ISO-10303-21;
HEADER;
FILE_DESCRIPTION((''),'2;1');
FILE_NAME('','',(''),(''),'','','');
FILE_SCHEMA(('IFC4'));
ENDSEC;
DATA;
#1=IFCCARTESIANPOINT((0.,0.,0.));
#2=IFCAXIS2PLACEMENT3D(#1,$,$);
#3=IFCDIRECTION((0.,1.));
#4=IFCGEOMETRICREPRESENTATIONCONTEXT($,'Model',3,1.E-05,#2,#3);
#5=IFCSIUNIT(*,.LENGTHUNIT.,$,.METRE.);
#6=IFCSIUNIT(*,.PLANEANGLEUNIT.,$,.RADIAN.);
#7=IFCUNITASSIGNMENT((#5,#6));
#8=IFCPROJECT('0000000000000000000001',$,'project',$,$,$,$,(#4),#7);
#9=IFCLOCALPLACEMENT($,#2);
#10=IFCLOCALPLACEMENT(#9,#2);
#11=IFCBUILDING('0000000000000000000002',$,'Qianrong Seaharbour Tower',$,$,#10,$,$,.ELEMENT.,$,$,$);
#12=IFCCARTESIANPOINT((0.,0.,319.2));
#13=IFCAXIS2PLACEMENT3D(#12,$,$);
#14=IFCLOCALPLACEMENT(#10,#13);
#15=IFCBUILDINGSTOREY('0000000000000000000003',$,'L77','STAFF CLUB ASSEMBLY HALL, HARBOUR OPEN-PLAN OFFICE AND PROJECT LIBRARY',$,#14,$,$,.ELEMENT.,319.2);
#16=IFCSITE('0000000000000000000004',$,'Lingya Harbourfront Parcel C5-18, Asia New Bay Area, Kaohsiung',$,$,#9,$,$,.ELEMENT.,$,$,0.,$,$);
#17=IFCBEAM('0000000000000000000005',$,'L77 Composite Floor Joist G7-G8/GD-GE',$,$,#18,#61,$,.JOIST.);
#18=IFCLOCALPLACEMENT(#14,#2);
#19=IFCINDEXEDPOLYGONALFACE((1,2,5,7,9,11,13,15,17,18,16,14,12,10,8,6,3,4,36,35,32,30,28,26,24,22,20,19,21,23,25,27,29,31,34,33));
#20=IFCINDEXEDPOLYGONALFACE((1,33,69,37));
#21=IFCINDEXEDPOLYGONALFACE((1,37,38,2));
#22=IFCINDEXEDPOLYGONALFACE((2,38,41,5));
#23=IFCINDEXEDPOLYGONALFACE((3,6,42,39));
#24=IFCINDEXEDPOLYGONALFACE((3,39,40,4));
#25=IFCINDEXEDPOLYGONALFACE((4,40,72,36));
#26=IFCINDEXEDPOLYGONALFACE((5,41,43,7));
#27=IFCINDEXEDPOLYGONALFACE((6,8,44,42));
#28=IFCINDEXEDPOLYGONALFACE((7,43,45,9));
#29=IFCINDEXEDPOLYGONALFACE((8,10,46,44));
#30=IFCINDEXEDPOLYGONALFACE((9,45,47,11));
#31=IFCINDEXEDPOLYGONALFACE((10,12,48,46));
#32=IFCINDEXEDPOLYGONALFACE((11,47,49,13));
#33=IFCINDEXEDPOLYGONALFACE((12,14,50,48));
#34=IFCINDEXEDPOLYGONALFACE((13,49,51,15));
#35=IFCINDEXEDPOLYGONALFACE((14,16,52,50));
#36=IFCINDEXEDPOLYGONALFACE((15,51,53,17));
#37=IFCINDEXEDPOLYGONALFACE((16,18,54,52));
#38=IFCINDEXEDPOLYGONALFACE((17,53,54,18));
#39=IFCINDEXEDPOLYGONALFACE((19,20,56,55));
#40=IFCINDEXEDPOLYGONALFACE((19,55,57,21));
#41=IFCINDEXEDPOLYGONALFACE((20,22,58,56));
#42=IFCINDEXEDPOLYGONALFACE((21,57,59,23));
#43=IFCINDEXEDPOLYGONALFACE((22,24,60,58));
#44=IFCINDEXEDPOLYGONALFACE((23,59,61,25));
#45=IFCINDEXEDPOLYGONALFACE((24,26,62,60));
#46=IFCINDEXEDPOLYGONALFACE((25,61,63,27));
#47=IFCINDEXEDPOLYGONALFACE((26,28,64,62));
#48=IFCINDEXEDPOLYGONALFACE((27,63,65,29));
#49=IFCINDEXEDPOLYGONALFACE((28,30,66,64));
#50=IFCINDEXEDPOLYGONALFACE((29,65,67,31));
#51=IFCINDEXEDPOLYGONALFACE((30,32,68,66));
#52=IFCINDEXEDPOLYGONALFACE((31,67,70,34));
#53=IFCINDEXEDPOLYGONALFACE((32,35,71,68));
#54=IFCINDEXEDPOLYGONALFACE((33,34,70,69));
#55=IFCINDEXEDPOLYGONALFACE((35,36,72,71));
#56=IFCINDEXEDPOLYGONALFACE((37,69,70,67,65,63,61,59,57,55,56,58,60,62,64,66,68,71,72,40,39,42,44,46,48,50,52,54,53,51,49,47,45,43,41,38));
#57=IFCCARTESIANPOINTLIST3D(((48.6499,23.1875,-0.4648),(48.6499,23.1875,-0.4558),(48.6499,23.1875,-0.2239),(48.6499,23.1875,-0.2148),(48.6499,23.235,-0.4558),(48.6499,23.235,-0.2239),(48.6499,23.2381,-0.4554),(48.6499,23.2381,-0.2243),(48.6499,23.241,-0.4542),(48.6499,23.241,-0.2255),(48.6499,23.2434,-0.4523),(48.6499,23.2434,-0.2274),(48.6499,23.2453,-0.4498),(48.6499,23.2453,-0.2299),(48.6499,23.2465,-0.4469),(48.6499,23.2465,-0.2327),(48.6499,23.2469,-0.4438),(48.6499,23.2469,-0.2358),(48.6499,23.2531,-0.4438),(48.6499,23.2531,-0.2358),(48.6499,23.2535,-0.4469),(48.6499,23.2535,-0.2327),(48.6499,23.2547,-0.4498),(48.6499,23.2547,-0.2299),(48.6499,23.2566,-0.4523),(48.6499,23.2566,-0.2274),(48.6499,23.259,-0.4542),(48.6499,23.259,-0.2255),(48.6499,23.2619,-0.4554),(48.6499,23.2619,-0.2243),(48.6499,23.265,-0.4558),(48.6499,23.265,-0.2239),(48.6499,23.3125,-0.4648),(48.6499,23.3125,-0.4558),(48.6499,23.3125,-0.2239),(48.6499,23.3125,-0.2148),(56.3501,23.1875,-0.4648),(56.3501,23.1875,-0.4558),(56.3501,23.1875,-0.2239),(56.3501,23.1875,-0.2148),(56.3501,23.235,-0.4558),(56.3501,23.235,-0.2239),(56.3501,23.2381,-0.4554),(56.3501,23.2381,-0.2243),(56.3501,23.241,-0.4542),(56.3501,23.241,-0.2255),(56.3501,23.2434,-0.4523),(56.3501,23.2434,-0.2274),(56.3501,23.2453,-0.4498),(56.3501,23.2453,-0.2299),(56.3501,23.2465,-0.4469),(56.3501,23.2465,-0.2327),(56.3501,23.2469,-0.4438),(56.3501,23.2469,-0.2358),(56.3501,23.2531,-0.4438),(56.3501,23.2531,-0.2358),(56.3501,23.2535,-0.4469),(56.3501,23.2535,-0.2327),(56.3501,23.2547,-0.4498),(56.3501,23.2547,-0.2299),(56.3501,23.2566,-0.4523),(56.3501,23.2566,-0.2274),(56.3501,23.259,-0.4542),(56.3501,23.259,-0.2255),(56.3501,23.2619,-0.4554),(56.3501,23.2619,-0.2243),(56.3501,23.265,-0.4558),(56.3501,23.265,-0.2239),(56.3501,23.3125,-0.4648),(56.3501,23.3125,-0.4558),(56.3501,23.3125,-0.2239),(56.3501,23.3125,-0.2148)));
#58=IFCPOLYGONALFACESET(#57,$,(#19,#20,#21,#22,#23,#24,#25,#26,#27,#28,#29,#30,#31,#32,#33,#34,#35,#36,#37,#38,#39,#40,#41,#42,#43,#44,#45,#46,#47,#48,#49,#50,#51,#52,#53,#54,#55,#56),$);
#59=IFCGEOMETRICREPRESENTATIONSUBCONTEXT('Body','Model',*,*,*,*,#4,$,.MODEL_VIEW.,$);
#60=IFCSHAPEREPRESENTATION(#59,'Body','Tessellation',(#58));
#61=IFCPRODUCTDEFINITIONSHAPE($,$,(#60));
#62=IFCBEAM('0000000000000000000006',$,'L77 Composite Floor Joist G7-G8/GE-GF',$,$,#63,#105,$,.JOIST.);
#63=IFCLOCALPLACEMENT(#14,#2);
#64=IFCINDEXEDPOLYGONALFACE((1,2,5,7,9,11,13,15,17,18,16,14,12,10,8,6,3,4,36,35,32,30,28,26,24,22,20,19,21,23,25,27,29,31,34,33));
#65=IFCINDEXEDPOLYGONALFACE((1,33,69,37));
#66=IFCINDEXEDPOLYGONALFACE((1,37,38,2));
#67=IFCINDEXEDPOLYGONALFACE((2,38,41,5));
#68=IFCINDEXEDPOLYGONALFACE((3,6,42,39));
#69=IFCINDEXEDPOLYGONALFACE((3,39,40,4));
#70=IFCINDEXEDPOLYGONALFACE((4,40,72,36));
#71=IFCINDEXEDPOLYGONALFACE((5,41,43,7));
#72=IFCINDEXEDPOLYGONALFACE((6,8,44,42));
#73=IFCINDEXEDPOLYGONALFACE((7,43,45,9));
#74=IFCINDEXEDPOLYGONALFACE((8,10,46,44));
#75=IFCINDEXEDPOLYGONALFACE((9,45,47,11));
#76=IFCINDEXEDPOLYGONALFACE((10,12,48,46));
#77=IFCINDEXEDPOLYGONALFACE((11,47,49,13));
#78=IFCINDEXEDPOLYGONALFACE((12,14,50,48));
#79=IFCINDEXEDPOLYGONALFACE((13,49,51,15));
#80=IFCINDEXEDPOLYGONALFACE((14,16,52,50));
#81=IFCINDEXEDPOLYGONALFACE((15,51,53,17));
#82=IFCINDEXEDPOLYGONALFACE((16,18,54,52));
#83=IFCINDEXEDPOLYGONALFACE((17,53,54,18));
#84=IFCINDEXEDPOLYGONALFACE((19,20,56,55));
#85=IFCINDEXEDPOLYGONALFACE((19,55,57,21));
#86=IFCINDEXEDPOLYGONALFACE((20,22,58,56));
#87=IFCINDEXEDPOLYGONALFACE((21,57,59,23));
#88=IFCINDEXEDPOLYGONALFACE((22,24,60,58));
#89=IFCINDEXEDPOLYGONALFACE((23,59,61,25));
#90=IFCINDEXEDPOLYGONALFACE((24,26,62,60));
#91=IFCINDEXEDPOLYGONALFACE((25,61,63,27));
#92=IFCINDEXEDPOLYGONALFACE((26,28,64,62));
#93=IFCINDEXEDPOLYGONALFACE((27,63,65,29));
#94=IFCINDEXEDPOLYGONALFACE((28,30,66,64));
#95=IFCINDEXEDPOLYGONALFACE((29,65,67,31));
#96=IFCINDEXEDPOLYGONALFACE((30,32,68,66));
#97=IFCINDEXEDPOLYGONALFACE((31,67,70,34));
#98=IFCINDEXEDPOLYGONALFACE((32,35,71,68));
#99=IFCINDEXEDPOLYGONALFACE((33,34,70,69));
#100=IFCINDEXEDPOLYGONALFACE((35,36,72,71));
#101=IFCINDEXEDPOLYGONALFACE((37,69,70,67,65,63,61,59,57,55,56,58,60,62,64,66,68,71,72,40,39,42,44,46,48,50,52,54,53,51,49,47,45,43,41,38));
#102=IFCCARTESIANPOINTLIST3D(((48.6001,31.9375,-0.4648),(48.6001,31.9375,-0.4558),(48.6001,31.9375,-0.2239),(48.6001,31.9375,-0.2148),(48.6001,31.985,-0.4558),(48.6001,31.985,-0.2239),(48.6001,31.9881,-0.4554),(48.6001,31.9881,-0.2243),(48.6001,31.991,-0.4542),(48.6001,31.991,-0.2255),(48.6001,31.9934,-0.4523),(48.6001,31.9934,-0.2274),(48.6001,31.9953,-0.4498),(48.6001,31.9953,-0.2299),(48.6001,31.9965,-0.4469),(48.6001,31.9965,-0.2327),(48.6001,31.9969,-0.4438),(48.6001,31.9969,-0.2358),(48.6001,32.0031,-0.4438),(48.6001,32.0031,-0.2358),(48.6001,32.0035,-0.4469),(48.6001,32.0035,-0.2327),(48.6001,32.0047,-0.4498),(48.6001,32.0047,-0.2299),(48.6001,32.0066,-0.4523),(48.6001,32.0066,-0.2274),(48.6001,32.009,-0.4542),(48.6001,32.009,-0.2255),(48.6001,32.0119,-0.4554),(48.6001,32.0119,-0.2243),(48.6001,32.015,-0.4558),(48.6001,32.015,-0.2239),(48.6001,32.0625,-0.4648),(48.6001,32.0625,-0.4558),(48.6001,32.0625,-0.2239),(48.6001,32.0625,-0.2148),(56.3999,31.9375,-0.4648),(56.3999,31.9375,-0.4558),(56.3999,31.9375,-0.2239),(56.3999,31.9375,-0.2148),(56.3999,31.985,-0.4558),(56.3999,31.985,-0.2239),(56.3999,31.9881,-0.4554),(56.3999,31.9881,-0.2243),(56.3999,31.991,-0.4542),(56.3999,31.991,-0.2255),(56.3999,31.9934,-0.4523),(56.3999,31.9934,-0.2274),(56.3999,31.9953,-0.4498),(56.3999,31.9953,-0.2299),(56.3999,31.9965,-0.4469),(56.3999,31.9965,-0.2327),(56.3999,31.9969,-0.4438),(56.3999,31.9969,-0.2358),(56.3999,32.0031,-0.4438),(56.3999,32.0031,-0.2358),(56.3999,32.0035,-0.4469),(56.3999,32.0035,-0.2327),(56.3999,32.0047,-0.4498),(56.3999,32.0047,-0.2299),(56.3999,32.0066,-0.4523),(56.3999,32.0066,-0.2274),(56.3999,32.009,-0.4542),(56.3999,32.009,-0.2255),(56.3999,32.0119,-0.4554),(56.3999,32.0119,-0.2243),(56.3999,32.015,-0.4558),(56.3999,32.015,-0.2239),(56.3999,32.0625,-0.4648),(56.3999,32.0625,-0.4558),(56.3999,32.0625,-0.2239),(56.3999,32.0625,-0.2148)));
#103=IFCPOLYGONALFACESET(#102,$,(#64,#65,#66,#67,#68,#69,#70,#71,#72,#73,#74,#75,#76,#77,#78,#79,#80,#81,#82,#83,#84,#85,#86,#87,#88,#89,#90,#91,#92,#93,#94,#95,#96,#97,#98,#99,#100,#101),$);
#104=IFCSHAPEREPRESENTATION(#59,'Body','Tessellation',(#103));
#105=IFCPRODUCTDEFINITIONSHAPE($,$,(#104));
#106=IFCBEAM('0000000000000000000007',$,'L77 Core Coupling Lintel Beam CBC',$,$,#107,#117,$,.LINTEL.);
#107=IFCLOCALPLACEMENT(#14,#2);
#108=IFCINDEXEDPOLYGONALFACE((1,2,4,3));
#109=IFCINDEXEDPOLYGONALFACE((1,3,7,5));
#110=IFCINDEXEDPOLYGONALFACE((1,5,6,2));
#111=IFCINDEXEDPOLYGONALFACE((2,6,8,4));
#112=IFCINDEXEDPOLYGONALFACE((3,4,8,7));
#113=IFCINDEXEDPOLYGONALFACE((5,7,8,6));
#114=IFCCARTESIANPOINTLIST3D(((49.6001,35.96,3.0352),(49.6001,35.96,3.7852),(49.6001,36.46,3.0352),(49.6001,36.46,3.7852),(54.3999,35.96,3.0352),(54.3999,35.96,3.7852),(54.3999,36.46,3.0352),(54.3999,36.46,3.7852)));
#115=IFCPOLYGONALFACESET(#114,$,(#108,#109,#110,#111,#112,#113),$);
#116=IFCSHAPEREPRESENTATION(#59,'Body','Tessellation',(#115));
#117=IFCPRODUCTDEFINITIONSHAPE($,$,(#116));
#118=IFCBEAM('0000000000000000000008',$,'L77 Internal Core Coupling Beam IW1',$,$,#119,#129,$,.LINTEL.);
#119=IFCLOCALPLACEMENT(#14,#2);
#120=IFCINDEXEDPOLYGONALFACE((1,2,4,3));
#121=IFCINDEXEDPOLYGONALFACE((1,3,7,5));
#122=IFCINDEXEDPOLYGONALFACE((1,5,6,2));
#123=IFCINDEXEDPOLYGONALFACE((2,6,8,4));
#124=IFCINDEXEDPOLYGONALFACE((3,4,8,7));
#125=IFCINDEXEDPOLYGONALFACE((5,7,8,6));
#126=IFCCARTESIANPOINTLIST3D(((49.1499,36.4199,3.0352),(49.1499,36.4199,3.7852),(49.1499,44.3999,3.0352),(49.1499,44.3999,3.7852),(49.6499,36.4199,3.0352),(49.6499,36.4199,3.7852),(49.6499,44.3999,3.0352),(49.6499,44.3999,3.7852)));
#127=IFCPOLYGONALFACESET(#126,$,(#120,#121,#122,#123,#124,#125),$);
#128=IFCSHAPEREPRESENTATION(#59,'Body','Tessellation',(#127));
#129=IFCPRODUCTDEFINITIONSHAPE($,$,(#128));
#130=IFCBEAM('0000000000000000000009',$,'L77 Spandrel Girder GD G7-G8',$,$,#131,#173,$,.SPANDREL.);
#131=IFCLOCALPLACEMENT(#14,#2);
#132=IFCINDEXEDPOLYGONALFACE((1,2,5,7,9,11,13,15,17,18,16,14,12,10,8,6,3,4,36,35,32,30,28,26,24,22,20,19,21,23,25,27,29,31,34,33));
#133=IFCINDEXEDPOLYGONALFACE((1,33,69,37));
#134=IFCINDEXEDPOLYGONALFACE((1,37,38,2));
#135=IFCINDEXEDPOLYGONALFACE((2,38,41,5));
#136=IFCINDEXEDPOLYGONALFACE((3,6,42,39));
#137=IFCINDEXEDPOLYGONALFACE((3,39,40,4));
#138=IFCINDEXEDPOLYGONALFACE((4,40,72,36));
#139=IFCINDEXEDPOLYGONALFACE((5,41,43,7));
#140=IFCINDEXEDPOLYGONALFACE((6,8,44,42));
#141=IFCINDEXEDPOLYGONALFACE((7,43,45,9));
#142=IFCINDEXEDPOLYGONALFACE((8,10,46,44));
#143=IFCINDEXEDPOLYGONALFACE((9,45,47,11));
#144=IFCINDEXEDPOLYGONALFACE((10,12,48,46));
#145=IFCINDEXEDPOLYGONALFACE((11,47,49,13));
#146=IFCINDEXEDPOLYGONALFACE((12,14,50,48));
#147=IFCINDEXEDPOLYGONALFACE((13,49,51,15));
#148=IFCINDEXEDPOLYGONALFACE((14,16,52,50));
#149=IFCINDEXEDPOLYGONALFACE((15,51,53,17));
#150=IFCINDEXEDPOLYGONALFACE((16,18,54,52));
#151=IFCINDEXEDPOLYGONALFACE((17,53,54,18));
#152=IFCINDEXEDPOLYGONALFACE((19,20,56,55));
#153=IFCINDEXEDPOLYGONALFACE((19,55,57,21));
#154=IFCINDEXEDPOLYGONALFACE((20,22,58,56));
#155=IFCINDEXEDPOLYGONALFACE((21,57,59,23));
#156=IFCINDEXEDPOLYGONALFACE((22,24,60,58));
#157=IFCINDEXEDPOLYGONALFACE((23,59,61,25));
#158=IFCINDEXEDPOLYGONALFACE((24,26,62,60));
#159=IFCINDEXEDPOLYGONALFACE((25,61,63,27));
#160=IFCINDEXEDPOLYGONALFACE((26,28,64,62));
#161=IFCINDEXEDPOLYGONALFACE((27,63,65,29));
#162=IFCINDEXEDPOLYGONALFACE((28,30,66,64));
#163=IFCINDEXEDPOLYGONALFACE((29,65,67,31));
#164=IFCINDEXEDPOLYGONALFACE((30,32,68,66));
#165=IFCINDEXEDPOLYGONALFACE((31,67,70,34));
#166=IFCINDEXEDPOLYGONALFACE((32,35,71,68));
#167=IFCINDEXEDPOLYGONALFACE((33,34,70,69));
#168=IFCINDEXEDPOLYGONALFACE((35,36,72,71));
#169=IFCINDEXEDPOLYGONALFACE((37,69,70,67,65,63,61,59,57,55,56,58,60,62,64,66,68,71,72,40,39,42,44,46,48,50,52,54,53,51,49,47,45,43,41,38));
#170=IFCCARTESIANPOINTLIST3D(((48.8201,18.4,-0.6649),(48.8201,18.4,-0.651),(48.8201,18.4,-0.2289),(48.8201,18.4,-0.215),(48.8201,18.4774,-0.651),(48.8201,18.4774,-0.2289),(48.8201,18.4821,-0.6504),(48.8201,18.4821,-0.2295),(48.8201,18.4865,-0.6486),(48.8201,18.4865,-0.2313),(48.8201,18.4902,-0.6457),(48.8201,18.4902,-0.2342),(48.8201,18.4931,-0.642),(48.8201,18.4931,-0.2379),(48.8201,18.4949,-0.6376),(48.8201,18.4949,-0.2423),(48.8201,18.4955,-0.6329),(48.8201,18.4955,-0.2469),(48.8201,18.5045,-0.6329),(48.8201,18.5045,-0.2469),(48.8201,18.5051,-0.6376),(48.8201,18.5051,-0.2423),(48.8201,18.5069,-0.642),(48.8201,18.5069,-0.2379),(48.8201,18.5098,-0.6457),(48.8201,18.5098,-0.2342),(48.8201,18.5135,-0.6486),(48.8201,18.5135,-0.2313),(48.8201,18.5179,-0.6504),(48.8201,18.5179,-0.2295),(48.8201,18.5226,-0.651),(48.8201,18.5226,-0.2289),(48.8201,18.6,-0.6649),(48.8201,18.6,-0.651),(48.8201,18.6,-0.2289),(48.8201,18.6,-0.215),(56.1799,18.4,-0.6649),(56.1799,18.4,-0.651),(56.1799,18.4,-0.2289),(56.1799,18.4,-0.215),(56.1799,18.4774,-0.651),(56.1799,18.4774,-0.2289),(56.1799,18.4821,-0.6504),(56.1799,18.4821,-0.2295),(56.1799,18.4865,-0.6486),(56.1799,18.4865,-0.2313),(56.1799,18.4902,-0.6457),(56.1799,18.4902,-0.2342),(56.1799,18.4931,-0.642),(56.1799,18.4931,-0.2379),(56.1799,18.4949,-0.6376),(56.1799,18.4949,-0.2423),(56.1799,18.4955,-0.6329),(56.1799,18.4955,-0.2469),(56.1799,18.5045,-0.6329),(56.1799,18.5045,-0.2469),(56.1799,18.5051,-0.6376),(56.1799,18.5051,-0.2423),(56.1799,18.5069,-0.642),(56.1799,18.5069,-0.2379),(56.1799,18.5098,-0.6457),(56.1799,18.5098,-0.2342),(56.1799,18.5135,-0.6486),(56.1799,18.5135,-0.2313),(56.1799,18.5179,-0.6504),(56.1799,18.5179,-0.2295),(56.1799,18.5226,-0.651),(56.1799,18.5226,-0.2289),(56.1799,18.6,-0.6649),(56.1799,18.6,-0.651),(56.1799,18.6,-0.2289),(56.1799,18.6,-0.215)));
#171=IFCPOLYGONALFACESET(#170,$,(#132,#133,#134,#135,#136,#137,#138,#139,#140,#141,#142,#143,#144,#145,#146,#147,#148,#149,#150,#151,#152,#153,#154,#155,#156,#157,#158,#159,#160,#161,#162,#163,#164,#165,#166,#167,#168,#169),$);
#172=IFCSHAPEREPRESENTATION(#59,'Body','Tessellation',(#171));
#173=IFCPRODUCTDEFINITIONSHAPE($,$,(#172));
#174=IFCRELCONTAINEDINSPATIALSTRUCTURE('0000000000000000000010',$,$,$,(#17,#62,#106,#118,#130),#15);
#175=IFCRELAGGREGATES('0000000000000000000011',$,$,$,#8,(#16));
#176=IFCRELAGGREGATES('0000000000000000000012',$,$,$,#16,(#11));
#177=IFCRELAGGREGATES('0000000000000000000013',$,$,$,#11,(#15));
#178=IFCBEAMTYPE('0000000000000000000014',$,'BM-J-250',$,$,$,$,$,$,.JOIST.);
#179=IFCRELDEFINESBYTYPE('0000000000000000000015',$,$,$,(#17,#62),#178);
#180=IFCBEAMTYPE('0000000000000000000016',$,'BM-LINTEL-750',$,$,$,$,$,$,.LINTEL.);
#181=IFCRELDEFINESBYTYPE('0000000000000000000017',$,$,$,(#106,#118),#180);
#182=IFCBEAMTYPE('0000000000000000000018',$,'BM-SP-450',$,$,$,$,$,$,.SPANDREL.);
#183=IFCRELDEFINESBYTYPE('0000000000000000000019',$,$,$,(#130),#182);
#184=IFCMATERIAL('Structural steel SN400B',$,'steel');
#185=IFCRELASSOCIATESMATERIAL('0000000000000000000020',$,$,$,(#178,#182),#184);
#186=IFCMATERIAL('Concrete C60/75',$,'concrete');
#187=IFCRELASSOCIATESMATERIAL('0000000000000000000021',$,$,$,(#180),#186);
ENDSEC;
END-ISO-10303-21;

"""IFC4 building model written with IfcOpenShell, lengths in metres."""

from ifc_helpers import new_model, si_unit, direction, frame, origin, origin_2d, place, context, subcontext, project, spatial, rectangle, i_section, extrude, material, material_profile, profile_set, type_object, element, save


model = new_model("IFC4")

# Units and contexts
model_context = context("Model", 3, precision=1e-05, world=origin(), true_north=direction((0.0, 1.0)))
body_context = subcontext(model_context, "Body", "Model", "MODEL_VIEW")
ifc_project = project(units=[si_unit("LENGTHUNIT", "METRE"), si_unit("PLANEANGLEUNIT", "RADIAN")], contexts=[model_context])

# Site, building, storey
site_placement = place(None, origin())
site = spatial("IfcSite", under=ifc_project, at=site_placement, Name="Lingya Harbourfront Parcel C5-18, Asia New Bay Area, Kaohsiung", CompositionType="ELEMENT", RefElevation=0.0)
building_placement = place(site_placement, origin())
building = spatial("IfcBuilding", under=site, at=building_placement, Name="Qianrong Seaharbour Tower", CompositionType="ELEMENT")
storey_placement = place(building_placement, frame((0.0, 0.0, 319.2)))
storey = spatial("IfcBuildingStorey", under=building, at=storey_placement, Name="L77", Description="STAFF CLUB ASSEMBLY HALL, HARBOUR OPEN-PLAN OFFICE AND PROJECT LIBRARY", CompositionType="ELEMENT", Elevation=319.2)

# Shared definitions
ifc_material_1 = material(Name="Structural steel SN400B", Category="steel")

# Beams
ifc_material_profile_1 = material_profile(ifc_material_1, i_section(OverallWidth=0.125, OverallDepth=0.25, WebThickness=0.0061, FlangeThickness=0.009, FilletRadius=0.012, at=origin_2d()), Name="H250x125x6x9")
ifc_profile_set_1 = profile_set([ifc_material_profile_1], Name="Structural steel SN400B")
beam_type_1 = type_object("IfcBeamType", Name="BM-J-250", PredefinedType="JOIST", material=ifc_profile_set_1)
beam_1_placement = place(storey_placement, frame((48.6499, 23.25, -0.3398), z_axis=(1.0, 0.0, 0.0), x_axis=(0.0, 1.0, 0.0)))
element("IfcBeam", 1, at=beam_1_placement, inside=storey, type_object=beam_type_1, Name="L77 Composite Floor Joist G7-G8/GD-GE", PredefinedType="JOIST", context=body_context, shape_type="SweptSolid", body=[
    extrude(i_section(OverallWidth=0.125, OverallDepth=0.25, WebThickness=0.0061, FlangeThickness=0.009, FilletRadius=0.012, at=origin_2d()), origin(), (0.0, 0.0, 1.0), 7.7002),
])
beam_2_placement = place(storey_placement, frame((48.6001, 32.0, -0.3398), z_axis=(1.0, 0.0, 0.0), x_axis=(0.0, 1.0, 0.0)))
element("IfcBeam", 2, at=beam_2_placement, inside=storey, type_object=beam_type_1, Name="L77 Composite Floor Joist G7-G8/GE-GF", PredefinedType="JOIST", context=body_context, shape_type="SweptSolid", body=[
    extrude(i_section(OverallWidth=0.125, OverallDepth=0.25, WebThickness=0.0061, FlangeThickness=0.009, FilletRadius=0.012, at=origin_2d()), origin(), (0.0, 0.0, 1.0), 7.7998),
])
ifc_material_2 = material(Name="Concrete C60/75", Category="concrete")
ifc_material_profile_2 = material_profile(ifc_material_2, rectangle(XDim=0.5, YDim=0.75, at=origin_2d()), Name="RC500x750")
ifc_profile_set_2 = profile_set([ifc_material_profile_2], Name="Concrete C60/75")
beam_type_2 = type_object("IfcBeamType", Name="BM-LINTEL-750", PredefinedType="LINTEL", material=ifc_profile_set_2)
beam_3_placement = place(storey_placement, frame((49.6001, 36.21, 3.4102), z_axis=(1.0, 0.0, 0.0), x_axis=(0.0, 1.0, 0.0)))
element("IfcBeam", 3, at=beam_3_placement, inside=storey, type_object=beam_type_2, Name="L77 Core Coupling Lintel Beam CBC", PredefinedType="LINTEL", context=body_context, shape_type="SweptSolid", body=[
    extrude(rectangle(XDim=0.5, YDim=0.75, at=origin_2d()), origin(), (0.0, 0.0, 1.0), 4.7998),
])
beam_4_placement = place(storey_placement, frame((49.3999, 36.4199, 3.4102), z_axis=(0.0, 1.0, 0.0), x_axis=(-1.0, 0.0, 0.0)))
element("IfcBeam", 4, at=beam_4_placement, inside=storey, type_object=beam_type_2, Name="L77 Internal Core Coupling Beam IW1", PredefinedType="LINTEL", context=body_context, shape_type="SweptSolid", body=[
    extrude(rectangle(XDim=0.5, YDim=0.75, at=origin_2d()), origin(), (0.0, 0.0, 1.0), 7.98),
])
ifc_material_profile_3 = material_profile(ifc_material_1, i_section(OverallWidth=0.2, OverallDepth=0.45, WebThickness=0.009, FlangeThickness=0.0139, FilletRadius=0.0181, at=origin_2d()), Name="H450x200x9x14")
ifc_profile_set_3 = profile_set([ifc_material_profile_3], Name="Structural steel SN400B")
beam_type_3 = type_object("IfcBeamType", Name="BM-SP-450", PredefinedType="SPANDREL", material=ifc_profile_set_3)
beam_5_placement = place(storey_placement, frame((48.8201, 18.5, -0.4399), z_axis=(1.0, 0.0, 0.0), x_axis=(0.0, 1.0, 0.0)))
element("IfcBeam", 5, at=beam_5_placement, inside=storey, type_object=beam_type_3, Name="L77 Spandrel Girder GD G7-G8", PredefinedType="SPANDREL", context=body_context, shape_type="SweptSolid", body=[
    extrude(i_section(OverallWidth=0.2, OverallDepth=0.45, WebThickness=0.009, FlangeThickness=0.0139, FilletRadius=0.0181, at=origin_2d()), origin(), (0.0, 0.0, 1.0), 7.3599),
])

save(model, "model.ifc")
